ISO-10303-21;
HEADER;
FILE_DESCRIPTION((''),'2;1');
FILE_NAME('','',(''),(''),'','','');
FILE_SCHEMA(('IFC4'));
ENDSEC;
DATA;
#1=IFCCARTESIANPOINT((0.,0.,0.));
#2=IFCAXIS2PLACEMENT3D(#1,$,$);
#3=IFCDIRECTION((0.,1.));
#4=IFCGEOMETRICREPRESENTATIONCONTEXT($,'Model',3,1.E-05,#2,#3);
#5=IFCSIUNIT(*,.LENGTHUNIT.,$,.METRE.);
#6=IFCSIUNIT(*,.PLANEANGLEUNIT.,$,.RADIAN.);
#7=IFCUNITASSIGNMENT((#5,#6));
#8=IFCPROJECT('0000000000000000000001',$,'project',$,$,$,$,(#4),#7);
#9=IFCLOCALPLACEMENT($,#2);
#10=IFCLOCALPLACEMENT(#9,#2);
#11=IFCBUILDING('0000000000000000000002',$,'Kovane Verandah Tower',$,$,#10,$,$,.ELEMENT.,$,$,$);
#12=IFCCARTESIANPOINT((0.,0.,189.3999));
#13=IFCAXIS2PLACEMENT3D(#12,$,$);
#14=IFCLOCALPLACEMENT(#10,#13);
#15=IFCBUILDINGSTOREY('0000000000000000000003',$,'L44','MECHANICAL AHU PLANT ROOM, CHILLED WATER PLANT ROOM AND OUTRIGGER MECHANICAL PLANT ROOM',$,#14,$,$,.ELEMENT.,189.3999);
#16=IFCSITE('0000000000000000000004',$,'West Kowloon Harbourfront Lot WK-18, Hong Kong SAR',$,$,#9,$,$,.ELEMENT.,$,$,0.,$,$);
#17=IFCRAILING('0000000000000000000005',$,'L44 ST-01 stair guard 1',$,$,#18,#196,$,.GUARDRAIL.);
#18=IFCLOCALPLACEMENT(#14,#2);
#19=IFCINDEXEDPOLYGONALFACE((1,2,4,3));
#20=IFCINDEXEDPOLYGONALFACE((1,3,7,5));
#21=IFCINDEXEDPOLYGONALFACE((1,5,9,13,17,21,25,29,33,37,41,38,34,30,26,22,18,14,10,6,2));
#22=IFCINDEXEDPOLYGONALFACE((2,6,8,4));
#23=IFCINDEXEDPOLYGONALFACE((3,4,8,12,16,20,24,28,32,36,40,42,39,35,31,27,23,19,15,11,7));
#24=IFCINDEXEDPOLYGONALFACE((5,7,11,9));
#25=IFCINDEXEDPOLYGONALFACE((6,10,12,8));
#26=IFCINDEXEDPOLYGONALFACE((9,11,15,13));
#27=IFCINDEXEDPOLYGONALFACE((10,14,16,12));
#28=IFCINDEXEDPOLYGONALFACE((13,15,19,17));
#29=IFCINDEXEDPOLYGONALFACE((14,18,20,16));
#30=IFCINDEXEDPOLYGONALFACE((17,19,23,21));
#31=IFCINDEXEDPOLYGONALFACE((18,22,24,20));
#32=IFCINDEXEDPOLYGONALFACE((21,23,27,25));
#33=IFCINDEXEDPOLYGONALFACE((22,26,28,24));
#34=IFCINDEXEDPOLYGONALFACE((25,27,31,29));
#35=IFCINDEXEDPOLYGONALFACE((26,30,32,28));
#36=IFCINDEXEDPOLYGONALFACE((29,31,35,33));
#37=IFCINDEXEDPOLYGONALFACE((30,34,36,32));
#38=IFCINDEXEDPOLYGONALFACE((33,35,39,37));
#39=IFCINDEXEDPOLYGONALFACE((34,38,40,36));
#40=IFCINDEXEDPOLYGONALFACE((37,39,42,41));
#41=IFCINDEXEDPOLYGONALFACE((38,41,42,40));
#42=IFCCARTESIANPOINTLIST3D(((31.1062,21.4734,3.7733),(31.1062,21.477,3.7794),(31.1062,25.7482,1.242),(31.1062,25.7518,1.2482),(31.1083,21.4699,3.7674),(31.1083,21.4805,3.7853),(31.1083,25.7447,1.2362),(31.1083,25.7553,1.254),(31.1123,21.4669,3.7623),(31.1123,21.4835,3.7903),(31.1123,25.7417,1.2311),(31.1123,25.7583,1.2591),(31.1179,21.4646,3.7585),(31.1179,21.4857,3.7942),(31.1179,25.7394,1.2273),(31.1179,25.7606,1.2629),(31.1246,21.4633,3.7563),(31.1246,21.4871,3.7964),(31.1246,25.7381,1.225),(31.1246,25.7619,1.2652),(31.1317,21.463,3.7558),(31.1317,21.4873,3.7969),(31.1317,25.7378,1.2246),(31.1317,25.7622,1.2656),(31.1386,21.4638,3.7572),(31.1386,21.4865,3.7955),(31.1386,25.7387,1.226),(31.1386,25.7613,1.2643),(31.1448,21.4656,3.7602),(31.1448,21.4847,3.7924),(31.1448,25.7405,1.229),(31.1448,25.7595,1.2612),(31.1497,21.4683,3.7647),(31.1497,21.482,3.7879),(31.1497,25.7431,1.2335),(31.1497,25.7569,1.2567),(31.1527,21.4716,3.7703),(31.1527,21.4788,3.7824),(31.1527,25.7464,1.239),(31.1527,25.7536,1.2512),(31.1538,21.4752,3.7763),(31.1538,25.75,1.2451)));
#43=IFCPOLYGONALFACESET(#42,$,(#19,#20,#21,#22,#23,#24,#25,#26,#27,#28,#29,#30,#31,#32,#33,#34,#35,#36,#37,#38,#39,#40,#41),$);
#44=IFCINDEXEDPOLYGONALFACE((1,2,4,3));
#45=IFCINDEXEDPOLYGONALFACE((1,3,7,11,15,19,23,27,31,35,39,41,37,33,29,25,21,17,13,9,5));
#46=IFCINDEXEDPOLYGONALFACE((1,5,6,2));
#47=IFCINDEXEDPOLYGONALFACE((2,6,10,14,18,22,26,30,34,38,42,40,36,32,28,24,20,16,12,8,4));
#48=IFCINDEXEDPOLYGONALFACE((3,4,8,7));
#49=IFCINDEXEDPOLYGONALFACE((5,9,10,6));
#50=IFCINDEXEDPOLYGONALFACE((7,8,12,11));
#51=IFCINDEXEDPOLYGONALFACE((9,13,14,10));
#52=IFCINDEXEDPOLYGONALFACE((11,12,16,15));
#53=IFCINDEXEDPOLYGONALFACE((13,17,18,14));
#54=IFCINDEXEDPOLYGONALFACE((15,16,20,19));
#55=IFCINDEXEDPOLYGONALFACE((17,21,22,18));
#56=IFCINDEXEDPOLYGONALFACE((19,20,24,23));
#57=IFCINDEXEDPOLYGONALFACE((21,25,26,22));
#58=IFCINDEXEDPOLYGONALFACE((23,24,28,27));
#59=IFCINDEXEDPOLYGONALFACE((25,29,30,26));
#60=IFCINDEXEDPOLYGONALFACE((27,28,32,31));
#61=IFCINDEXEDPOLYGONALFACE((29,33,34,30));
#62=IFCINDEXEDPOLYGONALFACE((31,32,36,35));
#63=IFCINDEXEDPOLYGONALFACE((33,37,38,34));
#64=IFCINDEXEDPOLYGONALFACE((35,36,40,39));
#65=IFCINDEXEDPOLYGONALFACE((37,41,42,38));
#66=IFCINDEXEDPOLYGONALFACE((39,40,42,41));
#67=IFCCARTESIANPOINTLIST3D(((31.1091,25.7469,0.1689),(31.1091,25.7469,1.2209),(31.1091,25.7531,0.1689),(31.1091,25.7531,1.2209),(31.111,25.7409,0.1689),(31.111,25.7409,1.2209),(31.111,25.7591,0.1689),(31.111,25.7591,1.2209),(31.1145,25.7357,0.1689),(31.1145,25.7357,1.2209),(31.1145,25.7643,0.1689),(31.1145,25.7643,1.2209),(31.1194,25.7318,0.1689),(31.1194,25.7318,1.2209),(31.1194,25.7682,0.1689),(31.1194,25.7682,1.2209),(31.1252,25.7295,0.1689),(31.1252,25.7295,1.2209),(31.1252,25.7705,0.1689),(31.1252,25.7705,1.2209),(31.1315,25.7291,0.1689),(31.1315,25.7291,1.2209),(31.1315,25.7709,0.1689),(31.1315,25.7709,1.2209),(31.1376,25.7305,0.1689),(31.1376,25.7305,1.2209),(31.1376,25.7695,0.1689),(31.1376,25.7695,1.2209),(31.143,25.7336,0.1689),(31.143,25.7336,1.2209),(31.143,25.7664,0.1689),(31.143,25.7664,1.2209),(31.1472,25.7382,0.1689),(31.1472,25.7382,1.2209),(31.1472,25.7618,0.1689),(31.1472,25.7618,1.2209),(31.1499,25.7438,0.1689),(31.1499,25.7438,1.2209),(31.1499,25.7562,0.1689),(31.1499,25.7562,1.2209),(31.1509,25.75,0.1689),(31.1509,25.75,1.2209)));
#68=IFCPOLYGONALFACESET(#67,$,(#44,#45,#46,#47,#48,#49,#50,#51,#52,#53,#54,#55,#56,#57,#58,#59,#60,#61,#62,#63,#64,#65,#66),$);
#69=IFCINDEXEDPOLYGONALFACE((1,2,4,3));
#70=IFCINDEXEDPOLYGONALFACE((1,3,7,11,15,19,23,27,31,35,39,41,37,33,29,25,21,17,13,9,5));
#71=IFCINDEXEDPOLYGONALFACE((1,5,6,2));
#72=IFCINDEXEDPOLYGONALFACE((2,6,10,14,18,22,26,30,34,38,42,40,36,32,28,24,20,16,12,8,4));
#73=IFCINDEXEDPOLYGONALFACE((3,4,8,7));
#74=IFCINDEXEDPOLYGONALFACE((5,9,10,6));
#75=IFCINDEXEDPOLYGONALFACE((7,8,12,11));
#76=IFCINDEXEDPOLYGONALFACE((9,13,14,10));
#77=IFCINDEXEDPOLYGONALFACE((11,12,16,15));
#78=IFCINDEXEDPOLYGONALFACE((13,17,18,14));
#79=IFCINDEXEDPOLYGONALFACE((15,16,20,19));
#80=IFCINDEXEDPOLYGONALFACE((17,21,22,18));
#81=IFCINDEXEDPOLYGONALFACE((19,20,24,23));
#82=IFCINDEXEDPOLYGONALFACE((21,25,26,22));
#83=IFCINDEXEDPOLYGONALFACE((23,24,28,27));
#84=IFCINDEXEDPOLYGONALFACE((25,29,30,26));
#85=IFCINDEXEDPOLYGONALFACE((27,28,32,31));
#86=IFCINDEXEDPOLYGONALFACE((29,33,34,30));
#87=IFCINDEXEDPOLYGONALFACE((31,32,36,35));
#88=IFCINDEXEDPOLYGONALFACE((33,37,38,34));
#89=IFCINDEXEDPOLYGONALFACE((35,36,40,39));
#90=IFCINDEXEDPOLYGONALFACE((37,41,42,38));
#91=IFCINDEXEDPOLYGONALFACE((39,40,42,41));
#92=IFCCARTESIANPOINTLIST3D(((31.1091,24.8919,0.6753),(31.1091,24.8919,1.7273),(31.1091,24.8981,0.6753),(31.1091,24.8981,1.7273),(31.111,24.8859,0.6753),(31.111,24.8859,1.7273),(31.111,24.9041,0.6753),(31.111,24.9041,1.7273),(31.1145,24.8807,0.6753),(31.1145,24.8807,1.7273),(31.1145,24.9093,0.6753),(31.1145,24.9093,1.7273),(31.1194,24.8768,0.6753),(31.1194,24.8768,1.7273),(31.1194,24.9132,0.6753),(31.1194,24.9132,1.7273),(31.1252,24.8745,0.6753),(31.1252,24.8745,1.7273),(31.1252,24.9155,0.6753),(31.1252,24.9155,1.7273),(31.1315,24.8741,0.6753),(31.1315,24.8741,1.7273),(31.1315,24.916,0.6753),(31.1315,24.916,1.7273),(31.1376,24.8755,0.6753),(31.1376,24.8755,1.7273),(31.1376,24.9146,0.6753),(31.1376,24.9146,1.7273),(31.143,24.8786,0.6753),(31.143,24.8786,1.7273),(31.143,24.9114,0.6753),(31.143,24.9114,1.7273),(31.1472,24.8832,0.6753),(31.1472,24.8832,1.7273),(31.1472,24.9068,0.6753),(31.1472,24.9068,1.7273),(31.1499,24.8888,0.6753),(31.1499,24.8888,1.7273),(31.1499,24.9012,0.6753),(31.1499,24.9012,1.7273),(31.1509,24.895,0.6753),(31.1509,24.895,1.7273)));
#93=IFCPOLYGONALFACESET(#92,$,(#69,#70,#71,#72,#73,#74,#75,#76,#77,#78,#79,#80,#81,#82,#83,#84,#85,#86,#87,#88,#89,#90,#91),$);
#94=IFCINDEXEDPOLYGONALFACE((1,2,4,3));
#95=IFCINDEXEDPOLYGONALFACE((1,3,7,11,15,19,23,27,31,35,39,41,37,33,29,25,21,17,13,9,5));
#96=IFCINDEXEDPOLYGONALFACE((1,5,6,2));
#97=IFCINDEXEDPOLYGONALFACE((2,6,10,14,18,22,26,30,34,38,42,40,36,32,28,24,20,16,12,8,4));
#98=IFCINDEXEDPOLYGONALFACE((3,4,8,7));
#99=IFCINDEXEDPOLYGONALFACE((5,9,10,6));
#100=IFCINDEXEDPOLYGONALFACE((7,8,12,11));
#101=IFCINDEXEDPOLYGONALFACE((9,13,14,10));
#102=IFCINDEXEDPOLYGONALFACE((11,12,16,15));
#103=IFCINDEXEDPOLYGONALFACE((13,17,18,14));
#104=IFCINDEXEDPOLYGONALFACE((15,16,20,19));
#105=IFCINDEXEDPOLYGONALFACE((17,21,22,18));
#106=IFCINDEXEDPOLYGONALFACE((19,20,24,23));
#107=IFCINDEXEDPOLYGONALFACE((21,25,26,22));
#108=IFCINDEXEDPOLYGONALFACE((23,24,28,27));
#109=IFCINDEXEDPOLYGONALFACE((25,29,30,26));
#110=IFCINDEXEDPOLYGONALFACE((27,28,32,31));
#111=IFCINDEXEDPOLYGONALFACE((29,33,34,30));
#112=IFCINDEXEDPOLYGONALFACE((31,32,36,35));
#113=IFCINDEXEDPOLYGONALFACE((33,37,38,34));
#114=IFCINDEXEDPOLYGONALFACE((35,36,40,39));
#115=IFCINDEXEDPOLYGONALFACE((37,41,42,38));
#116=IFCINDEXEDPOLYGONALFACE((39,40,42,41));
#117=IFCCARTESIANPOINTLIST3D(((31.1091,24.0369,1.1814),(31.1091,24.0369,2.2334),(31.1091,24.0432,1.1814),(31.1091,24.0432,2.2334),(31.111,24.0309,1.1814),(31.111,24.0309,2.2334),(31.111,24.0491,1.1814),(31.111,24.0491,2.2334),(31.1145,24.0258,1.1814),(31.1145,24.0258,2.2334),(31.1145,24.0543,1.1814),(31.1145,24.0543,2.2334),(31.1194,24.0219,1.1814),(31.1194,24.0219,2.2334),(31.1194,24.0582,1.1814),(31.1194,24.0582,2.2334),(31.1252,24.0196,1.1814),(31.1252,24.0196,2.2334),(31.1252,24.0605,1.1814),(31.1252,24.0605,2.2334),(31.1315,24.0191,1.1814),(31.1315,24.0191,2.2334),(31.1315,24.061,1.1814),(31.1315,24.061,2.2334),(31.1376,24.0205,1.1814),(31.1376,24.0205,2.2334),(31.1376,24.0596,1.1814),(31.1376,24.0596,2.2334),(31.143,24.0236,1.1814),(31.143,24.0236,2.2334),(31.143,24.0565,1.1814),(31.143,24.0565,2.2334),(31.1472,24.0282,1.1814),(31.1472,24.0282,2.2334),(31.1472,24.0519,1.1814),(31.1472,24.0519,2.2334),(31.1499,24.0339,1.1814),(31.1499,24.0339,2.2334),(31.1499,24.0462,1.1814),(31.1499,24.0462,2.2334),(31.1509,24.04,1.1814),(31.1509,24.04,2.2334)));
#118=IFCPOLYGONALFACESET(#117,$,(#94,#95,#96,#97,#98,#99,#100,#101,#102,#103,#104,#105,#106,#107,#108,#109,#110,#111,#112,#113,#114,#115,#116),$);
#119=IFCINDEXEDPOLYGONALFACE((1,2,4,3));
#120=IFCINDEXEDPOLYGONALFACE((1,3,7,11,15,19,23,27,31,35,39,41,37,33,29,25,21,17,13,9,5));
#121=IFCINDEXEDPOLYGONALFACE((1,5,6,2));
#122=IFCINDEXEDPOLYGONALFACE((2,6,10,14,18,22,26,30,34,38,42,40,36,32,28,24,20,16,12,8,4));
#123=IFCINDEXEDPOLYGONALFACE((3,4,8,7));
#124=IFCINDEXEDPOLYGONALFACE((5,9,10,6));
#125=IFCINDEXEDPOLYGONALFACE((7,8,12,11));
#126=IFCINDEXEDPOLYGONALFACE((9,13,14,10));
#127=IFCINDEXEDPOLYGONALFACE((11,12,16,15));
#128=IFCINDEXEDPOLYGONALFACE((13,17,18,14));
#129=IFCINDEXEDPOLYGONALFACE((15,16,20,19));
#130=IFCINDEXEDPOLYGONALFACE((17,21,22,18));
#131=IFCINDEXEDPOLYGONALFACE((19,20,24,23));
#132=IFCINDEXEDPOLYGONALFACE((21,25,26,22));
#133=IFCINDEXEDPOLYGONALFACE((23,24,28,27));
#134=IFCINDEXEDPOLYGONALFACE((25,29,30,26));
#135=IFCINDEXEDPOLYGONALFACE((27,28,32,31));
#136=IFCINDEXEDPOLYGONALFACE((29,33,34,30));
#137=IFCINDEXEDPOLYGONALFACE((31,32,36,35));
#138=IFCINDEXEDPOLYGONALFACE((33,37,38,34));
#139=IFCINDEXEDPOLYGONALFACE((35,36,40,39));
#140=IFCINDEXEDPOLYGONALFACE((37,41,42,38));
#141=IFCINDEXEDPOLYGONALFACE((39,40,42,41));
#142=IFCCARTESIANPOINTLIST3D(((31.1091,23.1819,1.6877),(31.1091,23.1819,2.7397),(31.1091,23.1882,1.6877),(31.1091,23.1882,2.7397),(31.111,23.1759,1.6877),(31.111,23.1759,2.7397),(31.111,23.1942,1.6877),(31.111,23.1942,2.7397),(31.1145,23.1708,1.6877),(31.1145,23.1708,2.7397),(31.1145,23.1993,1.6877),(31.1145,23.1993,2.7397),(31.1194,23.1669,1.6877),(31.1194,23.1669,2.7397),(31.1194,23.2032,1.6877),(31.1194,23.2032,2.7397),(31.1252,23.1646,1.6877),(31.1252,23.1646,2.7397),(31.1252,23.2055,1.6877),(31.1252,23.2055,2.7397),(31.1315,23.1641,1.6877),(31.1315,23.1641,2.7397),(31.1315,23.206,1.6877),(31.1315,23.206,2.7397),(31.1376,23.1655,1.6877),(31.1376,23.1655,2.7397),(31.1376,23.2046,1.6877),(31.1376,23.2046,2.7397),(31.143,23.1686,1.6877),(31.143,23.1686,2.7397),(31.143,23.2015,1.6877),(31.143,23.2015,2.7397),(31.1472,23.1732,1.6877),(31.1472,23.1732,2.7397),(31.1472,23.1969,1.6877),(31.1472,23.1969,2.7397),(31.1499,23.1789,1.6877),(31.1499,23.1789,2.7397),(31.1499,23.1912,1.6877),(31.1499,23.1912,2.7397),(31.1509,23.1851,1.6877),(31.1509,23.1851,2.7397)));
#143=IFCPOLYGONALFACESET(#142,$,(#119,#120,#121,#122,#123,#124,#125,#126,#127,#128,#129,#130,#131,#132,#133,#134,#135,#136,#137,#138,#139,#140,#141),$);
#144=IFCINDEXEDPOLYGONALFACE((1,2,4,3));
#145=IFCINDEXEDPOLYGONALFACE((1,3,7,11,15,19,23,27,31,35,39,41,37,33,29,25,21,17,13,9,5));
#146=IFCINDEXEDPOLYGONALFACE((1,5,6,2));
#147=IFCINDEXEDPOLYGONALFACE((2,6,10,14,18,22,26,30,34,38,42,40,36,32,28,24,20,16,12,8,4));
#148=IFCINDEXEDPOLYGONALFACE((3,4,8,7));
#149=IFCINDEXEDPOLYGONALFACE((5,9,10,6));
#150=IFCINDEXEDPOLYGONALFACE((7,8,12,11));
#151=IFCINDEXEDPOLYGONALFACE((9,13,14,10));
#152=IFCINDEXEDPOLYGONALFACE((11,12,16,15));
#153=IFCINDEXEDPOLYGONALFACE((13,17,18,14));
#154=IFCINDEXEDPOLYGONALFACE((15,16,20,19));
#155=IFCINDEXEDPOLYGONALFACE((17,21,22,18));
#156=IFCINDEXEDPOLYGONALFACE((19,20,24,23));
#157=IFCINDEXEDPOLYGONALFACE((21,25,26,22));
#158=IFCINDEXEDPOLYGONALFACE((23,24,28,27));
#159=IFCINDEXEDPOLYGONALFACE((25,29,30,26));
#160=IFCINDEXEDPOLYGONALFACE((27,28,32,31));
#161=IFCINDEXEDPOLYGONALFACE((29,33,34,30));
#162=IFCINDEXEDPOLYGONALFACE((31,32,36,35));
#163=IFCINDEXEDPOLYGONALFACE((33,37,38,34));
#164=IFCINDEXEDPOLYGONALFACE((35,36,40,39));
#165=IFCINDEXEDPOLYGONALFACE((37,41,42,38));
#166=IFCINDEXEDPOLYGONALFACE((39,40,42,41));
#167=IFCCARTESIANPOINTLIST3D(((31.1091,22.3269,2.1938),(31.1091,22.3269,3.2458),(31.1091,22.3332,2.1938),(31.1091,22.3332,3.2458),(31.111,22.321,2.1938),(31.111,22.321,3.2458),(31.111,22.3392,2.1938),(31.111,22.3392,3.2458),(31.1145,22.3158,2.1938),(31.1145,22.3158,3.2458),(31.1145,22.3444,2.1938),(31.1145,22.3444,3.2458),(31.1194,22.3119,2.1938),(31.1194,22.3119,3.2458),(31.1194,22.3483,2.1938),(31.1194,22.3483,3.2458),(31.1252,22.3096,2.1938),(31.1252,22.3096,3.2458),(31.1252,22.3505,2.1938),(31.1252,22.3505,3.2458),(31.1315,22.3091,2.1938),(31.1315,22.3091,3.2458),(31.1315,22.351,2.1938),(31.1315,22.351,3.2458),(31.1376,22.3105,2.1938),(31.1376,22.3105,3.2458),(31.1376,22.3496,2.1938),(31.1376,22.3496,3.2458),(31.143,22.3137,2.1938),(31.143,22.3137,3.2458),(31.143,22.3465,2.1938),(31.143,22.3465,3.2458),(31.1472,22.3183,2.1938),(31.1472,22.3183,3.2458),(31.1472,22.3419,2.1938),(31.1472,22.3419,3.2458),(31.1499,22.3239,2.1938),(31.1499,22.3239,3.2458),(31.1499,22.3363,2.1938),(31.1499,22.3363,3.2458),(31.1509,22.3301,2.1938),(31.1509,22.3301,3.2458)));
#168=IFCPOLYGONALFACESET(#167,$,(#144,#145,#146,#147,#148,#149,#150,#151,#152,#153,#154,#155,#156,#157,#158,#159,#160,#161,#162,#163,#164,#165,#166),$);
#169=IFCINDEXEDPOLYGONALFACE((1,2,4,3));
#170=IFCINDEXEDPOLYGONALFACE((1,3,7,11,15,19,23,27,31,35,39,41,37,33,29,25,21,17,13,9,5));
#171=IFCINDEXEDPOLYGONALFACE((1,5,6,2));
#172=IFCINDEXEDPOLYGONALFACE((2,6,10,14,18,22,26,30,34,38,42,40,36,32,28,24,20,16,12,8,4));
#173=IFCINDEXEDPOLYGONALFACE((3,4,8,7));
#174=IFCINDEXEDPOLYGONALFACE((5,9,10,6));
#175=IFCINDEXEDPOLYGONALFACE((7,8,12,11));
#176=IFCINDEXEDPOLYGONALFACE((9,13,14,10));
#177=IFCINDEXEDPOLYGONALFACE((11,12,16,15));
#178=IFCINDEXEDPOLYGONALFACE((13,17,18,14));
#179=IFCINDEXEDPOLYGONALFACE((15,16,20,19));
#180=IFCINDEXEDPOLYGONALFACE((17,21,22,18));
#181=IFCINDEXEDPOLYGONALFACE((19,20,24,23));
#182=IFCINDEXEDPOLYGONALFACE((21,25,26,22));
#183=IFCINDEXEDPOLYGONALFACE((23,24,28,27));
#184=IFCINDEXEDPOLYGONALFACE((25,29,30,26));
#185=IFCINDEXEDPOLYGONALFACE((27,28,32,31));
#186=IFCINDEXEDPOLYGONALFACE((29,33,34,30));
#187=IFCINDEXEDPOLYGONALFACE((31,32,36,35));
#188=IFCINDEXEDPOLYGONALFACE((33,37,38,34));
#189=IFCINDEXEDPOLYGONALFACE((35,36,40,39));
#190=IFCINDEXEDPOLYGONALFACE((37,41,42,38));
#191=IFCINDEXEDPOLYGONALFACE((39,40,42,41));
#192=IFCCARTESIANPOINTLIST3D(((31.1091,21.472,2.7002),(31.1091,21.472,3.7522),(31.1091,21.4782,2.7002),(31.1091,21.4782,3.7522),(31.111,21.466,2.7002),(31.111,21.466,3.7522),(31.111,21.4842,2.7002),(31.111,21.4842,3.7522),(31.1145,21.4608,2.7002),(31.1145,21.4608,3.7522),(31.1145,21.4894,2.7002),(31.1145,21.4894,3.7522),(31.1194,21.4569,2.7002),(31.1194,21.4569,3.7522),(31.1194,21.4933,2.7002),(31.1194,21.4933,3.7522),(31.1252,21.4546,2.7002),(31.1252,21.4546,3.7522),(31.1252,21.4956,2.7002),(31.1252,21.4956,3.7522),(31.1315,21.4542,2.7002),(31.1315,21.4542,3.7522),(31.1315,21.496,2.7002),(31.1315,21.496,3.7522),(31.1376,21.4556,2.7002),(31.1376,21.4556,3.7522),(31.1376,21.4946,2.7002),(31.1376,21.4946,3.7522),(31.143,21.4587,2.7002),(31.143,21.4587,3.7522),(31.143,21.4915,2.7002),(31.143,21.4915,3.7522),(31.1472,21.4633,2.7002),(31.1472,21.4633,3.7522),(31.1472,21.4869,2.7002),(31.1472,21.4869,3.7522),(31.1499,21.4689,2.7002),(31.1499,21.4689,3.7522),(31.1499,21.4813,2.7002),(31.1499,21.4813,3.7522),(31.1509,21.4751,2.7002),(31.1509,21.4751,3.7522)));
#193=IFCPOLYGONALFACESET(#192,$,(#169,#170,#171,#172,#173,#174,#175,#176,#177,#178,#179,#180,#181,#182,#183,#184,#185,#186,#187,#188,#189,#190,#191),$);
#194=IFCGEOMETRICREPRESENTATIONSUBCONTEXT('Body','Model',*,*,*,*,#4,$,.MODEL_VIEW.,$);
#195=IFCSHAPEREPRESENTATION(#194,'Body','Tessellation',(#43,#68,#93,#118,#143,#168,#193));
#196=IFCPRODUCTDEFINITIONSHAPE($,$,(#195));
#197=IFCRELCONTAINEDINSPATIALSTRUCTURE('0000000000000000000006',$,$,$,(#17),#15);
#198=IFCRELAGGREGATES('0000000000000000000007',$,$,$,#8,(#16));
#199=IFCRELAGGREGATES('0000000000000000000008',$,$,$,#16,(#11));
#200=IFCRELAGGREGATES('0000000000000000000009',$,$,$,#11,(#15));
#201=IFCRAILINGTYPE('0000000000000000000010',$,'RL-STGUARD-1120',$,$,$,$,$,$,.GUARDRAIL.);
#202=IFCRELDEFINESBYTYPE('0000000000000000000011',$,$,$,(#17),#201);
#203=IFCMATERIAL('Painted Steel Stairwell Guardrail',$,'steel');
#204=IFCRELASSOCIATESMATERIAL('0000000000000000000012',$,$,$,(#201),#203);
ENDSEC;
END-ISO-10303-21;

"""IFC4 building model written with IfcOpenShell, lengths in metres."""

from ifc_helpers import new_model, si_unit, direction, frame, origin, origin_2d, place, context, subcontext, project, spatial, circle, extrude, material, type_object, element, save


model = new_model("IFC4")

# Units and contexts
model_context = context("Model", 3, precision=1e-05, world=origin(), true_north=direction((0.0, 1.0)))
body_context = subcontext(model_context, "Body", "Model", "MODEL_VIEW")
ifc_project = project(units=[si_unit("LENGTHUNIT", "METRE"), si_unit("PLANEANGLEUNIT", "RADIAN")], contexts=[model_context])

# Site, building, storey
site_placement = place(None, origin())
site = spatial("IfcSite", under=ifc_project, at=site_placement, Name="West Kowloon Harbourfront Lot WK-18, Hong Kong SAR", CompositionType="ELEMENT", RefElevation=0.0)
building_placement = place(site_placement, origin())
building = spatial("IfcBuilding", under=site, at=building_placement, Name="Kovane Verandah Tower", CompositionType="ELEMENT")
storey_placement = place(building_placement, frame((0.0, 0.0, 189.3999)))
storey = spatial("IfcBuildingStorey", under=building, at=storey_placement, Name="L44", Description="MECHANICAL AHU PLANT ROOM, CHILLED WATER PLANT ROOM AND OUTRIGGER MECHANICAL PLANT ROOM", CompositionType="ELEMENT", Elevation=189.3999)

# Railing
ifc_material_1 = material(Name="Painted Steel Stairwell Guardrail", Category="steel")
railing_type_1 = type_object("IfcRailingType", Name="RL-STGUARD-1120", PredefinedType="GUARDRAIL", material=ifc_material_1)
railing_1_placement = place(storey_placement, frame((31.1299, 25.75, 0.1689)))
element("IfcRailing", 1, at=railing_1_placement, inside=storey, type_object=railing_type_1, Name="L44 ST-01 stair guard 1", PredefinedType="GUARDRAIL", context=body_context, shape_type="SweptSolid", body=[
    extrude(circle(Radius=0.0239, at=origin_2d()), frame((0.0, 0.0, 1.0762), z_axis=(0.0, -0.86047, 0.509501), x_axis=(1.0, 0.0, 0.0)), (0.0, 0.0, 1.0), 4.968),
    extrude(circle(Radius=0.021, at=origin_2d()), origin(), (0.0, 0.0, 1.0), 1.052),
    extrude(circle(Radius=0.021, at=origin_2d()), frame((0.0, -0.855, 0.5063)), (0.0, 0.0, 1.0), 1.052),
    extrude(circle(Radius=0.021, at=origin_2d()), frame((0.0, -1.71, 1.0125)), (0.0, 0.0, 1.0), 1.052),
    extrude(circle(Radius=0.021, at=origin_2d()), frame((0.0, -2.5649, 1.5188)), (0.0, 0.0, 1.0), 1.052),
    extrude(circle(Radius=0.021, at=origin_2d()), frame((0.0, -3.4199, 2.0249)), (0.0, 0.0, 1.0), 1.052),
    extrude(circle(Radius=0.021, at=origin_2d()), frame((0.0, -4.2749, 2.5312)), (0.0, 0.0, 1.0), 1.052),
])

save(model, "model.ifc")
